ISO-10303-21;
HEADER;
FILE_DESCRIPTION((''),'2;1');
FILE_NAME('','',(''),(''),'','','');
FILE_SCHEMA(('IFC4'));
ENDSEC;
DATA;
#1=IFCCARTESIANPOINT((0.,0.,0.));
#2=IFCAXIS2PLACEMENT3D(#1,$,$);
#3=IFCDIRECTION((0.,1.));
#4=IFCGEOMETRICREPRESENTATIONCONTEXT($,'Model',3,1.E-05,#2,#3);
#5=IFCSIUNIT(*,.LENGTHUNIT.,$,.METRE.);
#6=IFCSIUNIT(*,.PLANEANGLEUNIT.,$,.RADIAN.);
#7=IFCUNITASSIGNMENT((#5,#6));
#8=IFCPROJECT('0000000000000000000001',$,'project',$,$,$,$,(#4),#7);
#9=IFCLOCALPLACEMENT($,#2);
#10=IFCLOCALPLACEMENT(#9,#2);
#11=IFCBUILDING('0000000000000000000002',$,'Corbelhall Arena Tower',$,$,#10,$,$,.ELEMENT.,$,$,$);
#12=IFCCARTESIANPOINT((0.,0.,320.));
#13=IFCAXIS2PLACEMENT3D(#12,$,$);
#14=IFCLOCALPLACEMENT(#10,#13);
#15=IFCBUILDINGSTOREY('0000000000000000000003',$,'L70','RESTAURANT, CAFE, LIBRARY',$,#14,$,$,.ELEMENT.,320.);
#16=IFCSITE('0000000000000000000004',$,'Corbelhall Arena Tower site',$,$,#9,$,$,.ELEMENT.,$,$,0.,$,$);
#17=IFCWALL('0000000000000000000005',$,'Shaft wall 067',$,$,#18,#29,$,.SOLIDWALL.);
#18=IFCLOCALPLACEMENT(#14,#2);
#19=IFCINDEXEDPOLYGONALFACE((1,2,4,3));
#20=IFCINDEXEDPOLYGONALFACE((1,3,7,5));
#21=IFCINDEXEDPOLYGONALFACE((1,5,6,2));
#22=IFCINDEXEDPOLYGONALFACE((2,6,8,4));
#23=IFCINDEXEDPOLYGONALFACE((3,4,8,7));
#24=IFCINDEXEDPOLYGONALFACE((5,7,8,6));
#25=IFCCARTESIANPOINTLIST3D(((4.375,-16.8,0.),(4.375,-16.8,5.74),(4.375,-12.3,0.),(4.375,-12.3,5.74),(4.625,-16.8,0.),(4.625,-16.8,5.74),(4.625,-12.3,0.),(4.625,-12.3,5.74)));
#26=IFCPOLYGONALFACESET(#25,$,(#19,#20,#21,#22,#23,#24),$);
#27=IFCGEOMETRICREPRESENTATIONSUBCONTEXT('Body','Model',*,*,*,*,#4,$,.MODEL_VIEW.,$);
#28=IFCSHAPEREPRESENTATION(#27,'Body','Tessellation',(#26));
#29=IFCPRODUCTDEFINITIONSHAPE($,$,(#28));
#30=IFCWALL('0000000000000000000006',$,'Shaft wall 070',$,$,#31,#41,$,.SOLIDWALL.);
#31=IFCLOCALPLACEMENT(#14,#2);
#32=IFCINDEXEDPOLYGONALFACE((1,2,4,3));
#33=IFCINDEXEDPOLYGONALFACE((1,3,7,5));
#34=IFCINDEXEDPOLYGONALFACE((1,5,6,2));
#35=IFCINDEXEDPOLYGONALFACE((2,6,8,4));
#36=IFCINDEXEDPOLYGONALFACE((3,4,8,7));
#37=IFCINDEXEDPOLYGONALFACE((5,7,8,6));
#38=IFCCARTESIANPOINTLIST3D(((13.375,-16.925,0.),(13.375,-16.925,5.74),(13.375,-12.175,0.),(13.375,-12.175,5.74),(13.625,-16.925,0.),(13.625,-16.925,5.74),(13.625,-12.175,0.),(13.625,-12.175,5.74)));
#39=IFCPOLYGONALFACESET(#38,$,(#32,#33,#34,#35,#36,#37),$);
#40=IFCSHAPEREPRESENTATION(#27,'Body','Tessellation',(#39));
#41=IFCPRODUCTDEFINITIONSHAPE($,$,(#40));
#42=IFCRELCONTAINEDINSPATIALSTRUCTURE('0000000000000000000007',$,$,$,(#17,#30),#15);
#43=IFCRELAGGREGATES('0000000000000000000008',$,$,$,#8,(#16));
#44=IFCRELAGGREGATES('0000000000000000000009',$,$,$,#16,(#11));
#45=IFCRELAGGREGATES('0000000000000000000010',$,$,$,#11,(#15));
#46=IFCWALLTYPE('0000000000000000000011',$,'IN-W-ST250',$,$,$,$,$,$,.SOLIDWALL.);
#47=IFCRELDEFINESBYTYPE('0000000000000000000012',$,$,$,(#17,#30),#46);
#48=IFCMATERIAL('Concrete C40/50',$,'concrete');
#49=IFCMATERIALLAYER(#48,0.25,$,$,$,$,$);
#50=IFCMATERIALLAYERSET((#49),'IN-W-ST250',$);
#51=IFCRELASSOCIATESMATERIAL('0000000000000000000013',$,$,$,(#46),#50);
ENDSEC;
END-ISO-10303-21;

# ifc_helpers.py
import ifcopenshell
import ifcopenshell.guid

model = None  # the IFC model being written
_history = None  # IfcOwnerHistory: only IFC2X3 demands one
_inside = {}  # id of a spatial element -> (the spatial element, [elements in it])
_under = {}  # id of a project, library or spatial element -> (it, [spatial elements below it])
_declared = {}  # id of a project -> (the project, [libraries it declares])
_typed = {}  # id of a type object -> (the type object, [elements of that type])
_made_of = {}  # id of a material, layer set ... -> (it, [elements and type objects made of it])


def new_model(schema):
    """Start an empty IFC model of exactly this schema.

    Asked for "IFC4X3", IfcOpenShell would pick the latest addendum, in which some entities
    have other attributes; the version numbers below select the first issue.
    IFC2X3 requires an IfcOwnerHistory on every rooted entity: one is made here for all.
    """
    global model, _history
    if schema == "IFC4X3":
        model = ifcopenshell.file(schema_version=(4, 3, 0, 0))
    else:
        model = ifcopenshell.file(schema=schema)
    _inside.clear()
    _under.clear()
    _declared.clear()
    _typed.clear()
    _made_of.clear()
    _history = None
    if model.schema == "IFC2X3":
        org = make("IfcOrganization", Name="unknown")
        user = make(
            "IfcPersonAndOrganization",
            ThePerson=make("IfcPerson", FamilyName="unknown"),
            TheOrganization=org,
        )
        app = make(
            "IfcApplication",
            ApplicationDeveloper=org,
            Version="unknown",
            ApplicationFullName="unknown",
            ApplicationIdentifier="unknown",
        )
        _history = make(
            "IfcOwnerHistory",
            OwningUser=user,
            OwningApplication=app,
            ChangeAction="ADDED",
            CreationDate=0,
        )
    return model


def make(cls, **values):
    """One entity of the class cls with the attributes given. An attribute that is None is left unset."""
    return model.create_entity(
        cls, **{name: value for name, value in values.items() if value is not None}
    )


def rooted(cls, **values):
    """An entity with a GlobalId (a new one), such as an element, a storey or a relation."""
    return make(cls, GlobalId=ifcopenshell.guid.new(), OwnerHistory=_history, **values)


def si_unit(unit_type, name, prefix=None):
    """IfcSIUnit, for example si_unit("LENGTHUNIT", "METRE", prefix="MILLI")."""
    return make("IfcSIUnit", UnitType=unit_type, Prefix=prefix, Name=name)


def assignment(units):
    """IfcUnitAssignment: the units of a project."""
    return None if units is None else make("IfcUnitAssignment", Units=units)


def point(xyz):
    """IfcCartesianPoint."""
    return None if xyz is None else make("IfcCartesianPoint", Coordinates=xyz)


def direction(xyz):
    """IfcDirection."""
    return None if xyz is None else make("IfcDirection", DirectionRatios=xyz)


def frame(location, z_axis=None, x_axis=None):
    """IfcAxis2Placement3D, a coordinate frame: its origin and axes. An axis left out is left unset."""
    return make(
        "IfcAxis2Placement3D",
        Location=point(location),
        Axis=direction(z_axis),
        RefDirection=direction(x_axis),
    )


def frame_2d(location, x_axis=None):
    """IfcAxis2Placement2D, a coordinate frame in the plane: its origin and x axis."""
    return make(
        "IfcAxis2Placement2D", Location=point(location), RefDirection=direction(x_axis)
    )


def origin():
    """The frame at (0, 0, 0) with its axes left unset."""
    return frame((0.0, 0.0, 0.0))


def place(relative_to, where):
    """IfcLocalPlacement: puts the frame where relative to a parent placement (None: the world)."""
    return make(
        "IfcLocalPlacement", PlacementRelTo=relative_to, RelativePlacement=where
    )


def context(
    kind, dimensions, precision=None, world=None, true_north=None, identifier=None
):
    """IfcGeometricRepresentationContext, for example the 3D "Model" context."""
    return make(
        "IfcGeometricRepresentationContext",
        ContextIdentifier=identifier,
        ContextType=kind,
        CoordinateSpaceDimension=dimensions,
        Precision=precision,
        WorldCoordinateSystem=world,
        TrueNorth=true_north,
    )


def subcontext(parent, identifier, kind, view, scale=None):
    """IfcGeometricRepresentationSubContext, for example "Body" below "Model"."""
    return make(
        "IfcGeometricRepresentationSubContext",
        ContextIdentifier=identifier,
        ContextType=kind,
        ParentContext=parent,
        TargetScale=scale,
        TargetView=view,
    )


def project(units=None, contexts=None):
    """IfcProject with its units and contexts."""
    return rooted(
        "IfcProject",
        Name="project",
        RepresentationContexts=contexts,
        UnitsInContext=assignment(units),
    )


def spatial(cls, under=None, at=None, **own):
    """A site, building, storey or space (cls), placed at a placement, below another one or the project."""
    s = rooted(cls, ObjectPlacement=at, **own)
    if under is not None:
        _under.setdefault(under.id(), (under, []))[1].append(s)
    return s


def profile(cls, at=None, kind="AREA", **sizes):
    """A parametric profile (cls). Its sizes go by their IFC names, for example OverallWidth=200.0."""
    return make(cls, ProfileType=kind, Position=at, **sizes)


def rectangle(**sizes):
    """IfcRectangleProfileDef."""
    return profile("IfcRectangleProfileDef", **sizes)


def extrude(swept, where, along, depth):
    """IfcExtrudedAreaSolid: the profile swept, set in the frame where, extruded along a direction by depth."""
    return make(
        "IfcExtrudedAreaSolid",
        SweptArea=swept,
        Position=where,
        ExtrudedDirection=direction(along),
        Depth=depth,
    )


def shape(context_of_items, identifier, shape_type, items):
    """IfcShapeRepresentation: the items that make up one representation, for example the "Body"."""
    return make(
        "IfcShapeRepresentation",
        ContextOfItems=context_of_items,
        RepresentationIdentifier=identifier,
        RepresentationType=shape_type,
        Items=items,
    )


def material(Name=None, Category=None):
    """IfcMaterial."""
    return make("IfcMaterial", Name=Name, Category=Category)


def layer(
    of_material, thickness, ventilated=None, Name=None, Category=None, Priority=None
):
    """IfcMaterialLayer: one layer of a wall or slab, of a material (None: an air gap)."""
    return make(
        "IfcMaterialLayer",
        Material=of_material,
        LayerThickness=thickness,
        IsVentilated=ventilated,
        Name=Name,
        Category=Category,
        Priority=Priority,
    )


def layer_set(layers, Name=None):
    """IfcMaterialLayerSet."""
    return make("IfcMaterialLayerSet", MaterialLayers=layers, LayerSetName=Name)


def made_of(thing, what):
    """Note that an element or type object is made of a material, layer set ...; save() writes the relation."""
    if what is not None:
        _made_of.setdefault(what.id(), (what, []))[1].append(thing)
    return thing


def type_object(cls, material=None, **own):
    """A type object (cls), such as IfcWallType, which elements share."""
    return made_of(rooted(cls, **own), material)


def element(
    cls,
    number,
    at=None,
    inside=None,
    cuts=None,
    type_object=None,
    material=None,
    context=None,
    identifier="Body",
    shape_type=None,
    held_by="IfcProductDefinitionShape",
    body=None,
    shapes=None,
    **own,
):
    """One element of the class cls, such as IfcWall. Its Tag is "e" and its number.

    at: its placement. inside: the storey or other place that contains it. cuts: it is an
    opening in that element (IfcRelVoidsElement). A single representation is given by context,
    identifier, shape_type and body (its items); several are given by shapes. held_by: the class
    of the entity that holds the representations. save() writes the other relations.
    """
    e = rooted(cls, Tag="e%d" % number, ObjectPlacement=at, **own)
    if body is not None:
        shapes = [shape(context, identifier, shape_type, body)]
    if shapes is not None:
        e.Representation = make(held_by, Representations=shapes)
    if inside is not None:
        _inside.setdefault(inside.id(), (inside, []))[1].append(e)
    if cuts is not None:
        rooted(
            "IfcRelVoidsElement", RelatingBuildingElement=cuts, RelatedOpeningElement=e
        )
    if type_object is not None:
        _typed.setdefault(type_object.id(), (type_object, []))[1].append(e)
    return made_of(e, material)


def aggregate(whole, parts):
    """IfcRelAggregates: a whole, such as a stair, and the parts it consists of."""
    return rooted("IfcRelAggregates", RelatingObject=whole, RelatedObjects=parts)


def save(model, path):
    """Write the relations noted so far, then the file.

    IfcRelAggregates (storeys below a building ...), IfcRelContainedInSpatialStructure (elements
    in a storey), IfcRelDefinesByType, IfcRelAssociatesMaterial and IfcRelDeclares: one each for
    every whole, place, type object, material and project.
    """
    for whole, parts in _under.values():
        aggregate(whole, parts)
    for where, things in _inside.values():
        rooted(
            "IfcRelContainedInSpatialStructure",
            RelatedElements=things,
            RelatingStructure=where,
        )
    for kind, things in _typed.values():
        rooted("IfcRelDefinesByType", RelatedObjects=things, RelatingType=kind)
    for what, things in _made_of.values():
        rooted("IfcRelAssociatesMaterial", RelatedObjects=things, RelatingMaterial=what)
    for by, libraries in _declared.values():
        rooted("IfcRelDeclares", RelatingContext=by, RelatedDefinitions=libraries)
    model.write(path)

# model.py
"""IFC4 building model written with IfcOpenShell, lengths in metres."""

from ifc_helpers import new_model, si_unit, direction, frame, frame_2d, origin, place, context, subcontext, project, spatial, rectangle, extrude, material, layer, layer_set, type_object, element, save


model = new_model("IFC4")

# Units and contexts
model_context = context("Model", 3, precision=1e-05, world=origin(), true_north=direction((0.0, 1.0)))
body_context = subcontext(model_context, "Body", "Model", "MODEL_VIEW")
ifc_project = project(units=[si_unit("LENGTHUNIT", "METRE"), si_unit("PLANEANGLEUNIT", "RADIAN")], contexts=[model_context])

# Site, building, storey
site_placement = place(None, origin())
site = spatial("IfcSite", under=ifc_project, at=site_placement, Name="Corbelhall Arena Tower site", CompositionType="ELEMENT", RefElevation=0.0)
building_placement = place(site_placement, origin())
building = spatial("IfcBuilding", under=site, at=building_placement, Name="Corbelhall Arena Tower", CompositionType="ELEMENT")
storey_placement = place(building_placement, frame((0.0, 0.0, 320.0)))
storey = spatial("IfcBuildingStorey", under=building, at=storey_placement, Name="L70", Description="RESTAURANT, CAFE, LIBRARY", CompositionType="ELEMENT", Elevation=320.0)

# Walls
ifc_material_1 = material(Name="Concrete C40/50", Category="concrete")
ifc_layer_1 = layer(ifc_material_1, 0.25)
ifc_layer_set_1 = layer_set([ifc_layer_1], Name="IN-W-ST250")
wall_type_1 = type_object("IfcWallType", Name="IN-W-ST250", PredefinedType="SOLIDWALL", material=ifc_layer_set_1)
wall_1_placement = place(storey_placement, frame((4.5, -16.8, 0.0), z_axis=(0.0, 0.0, 1.0), x_axis=(0.0, 1.0, 0.0)))
element("IfcWall", 1, at=wall_1_placement, inside=storey, type_object=wall_type_1, Name="Shaft wall 067", PredefinedType="SOLIDWALL", context=body_context, shape_type="SweptSolid", body=[
    extrude(rectangle(XDim=4.5, YDim=0.25, at=frame_2d((2.25, 0.0))), origin(), (0.0, 0.0, 1.0), 5.74),
])
wall_2_placement = place(storey_placement, frame((13.5, -16.925, 0.0), z_axis=(0.0, 0.0, 1.0), x_axis=(0.0, 1.0, 0.0)))
element("IfcWall", 2, at=wall_2_placement, inside=storey, type_object=wall_type_1, Name="Shaft wall 070", PredefinedType="SOLIDWALL", context=body_context, shape_type="SweptSolid", body=[
    extrude(rectangle(XDim=4.75, YDim=0.25, at=frame_2d((2.375, 0.0))), origin(), (0.0, 0.0, 1.0), 5.74),
])

save(model, "model.ifc")
